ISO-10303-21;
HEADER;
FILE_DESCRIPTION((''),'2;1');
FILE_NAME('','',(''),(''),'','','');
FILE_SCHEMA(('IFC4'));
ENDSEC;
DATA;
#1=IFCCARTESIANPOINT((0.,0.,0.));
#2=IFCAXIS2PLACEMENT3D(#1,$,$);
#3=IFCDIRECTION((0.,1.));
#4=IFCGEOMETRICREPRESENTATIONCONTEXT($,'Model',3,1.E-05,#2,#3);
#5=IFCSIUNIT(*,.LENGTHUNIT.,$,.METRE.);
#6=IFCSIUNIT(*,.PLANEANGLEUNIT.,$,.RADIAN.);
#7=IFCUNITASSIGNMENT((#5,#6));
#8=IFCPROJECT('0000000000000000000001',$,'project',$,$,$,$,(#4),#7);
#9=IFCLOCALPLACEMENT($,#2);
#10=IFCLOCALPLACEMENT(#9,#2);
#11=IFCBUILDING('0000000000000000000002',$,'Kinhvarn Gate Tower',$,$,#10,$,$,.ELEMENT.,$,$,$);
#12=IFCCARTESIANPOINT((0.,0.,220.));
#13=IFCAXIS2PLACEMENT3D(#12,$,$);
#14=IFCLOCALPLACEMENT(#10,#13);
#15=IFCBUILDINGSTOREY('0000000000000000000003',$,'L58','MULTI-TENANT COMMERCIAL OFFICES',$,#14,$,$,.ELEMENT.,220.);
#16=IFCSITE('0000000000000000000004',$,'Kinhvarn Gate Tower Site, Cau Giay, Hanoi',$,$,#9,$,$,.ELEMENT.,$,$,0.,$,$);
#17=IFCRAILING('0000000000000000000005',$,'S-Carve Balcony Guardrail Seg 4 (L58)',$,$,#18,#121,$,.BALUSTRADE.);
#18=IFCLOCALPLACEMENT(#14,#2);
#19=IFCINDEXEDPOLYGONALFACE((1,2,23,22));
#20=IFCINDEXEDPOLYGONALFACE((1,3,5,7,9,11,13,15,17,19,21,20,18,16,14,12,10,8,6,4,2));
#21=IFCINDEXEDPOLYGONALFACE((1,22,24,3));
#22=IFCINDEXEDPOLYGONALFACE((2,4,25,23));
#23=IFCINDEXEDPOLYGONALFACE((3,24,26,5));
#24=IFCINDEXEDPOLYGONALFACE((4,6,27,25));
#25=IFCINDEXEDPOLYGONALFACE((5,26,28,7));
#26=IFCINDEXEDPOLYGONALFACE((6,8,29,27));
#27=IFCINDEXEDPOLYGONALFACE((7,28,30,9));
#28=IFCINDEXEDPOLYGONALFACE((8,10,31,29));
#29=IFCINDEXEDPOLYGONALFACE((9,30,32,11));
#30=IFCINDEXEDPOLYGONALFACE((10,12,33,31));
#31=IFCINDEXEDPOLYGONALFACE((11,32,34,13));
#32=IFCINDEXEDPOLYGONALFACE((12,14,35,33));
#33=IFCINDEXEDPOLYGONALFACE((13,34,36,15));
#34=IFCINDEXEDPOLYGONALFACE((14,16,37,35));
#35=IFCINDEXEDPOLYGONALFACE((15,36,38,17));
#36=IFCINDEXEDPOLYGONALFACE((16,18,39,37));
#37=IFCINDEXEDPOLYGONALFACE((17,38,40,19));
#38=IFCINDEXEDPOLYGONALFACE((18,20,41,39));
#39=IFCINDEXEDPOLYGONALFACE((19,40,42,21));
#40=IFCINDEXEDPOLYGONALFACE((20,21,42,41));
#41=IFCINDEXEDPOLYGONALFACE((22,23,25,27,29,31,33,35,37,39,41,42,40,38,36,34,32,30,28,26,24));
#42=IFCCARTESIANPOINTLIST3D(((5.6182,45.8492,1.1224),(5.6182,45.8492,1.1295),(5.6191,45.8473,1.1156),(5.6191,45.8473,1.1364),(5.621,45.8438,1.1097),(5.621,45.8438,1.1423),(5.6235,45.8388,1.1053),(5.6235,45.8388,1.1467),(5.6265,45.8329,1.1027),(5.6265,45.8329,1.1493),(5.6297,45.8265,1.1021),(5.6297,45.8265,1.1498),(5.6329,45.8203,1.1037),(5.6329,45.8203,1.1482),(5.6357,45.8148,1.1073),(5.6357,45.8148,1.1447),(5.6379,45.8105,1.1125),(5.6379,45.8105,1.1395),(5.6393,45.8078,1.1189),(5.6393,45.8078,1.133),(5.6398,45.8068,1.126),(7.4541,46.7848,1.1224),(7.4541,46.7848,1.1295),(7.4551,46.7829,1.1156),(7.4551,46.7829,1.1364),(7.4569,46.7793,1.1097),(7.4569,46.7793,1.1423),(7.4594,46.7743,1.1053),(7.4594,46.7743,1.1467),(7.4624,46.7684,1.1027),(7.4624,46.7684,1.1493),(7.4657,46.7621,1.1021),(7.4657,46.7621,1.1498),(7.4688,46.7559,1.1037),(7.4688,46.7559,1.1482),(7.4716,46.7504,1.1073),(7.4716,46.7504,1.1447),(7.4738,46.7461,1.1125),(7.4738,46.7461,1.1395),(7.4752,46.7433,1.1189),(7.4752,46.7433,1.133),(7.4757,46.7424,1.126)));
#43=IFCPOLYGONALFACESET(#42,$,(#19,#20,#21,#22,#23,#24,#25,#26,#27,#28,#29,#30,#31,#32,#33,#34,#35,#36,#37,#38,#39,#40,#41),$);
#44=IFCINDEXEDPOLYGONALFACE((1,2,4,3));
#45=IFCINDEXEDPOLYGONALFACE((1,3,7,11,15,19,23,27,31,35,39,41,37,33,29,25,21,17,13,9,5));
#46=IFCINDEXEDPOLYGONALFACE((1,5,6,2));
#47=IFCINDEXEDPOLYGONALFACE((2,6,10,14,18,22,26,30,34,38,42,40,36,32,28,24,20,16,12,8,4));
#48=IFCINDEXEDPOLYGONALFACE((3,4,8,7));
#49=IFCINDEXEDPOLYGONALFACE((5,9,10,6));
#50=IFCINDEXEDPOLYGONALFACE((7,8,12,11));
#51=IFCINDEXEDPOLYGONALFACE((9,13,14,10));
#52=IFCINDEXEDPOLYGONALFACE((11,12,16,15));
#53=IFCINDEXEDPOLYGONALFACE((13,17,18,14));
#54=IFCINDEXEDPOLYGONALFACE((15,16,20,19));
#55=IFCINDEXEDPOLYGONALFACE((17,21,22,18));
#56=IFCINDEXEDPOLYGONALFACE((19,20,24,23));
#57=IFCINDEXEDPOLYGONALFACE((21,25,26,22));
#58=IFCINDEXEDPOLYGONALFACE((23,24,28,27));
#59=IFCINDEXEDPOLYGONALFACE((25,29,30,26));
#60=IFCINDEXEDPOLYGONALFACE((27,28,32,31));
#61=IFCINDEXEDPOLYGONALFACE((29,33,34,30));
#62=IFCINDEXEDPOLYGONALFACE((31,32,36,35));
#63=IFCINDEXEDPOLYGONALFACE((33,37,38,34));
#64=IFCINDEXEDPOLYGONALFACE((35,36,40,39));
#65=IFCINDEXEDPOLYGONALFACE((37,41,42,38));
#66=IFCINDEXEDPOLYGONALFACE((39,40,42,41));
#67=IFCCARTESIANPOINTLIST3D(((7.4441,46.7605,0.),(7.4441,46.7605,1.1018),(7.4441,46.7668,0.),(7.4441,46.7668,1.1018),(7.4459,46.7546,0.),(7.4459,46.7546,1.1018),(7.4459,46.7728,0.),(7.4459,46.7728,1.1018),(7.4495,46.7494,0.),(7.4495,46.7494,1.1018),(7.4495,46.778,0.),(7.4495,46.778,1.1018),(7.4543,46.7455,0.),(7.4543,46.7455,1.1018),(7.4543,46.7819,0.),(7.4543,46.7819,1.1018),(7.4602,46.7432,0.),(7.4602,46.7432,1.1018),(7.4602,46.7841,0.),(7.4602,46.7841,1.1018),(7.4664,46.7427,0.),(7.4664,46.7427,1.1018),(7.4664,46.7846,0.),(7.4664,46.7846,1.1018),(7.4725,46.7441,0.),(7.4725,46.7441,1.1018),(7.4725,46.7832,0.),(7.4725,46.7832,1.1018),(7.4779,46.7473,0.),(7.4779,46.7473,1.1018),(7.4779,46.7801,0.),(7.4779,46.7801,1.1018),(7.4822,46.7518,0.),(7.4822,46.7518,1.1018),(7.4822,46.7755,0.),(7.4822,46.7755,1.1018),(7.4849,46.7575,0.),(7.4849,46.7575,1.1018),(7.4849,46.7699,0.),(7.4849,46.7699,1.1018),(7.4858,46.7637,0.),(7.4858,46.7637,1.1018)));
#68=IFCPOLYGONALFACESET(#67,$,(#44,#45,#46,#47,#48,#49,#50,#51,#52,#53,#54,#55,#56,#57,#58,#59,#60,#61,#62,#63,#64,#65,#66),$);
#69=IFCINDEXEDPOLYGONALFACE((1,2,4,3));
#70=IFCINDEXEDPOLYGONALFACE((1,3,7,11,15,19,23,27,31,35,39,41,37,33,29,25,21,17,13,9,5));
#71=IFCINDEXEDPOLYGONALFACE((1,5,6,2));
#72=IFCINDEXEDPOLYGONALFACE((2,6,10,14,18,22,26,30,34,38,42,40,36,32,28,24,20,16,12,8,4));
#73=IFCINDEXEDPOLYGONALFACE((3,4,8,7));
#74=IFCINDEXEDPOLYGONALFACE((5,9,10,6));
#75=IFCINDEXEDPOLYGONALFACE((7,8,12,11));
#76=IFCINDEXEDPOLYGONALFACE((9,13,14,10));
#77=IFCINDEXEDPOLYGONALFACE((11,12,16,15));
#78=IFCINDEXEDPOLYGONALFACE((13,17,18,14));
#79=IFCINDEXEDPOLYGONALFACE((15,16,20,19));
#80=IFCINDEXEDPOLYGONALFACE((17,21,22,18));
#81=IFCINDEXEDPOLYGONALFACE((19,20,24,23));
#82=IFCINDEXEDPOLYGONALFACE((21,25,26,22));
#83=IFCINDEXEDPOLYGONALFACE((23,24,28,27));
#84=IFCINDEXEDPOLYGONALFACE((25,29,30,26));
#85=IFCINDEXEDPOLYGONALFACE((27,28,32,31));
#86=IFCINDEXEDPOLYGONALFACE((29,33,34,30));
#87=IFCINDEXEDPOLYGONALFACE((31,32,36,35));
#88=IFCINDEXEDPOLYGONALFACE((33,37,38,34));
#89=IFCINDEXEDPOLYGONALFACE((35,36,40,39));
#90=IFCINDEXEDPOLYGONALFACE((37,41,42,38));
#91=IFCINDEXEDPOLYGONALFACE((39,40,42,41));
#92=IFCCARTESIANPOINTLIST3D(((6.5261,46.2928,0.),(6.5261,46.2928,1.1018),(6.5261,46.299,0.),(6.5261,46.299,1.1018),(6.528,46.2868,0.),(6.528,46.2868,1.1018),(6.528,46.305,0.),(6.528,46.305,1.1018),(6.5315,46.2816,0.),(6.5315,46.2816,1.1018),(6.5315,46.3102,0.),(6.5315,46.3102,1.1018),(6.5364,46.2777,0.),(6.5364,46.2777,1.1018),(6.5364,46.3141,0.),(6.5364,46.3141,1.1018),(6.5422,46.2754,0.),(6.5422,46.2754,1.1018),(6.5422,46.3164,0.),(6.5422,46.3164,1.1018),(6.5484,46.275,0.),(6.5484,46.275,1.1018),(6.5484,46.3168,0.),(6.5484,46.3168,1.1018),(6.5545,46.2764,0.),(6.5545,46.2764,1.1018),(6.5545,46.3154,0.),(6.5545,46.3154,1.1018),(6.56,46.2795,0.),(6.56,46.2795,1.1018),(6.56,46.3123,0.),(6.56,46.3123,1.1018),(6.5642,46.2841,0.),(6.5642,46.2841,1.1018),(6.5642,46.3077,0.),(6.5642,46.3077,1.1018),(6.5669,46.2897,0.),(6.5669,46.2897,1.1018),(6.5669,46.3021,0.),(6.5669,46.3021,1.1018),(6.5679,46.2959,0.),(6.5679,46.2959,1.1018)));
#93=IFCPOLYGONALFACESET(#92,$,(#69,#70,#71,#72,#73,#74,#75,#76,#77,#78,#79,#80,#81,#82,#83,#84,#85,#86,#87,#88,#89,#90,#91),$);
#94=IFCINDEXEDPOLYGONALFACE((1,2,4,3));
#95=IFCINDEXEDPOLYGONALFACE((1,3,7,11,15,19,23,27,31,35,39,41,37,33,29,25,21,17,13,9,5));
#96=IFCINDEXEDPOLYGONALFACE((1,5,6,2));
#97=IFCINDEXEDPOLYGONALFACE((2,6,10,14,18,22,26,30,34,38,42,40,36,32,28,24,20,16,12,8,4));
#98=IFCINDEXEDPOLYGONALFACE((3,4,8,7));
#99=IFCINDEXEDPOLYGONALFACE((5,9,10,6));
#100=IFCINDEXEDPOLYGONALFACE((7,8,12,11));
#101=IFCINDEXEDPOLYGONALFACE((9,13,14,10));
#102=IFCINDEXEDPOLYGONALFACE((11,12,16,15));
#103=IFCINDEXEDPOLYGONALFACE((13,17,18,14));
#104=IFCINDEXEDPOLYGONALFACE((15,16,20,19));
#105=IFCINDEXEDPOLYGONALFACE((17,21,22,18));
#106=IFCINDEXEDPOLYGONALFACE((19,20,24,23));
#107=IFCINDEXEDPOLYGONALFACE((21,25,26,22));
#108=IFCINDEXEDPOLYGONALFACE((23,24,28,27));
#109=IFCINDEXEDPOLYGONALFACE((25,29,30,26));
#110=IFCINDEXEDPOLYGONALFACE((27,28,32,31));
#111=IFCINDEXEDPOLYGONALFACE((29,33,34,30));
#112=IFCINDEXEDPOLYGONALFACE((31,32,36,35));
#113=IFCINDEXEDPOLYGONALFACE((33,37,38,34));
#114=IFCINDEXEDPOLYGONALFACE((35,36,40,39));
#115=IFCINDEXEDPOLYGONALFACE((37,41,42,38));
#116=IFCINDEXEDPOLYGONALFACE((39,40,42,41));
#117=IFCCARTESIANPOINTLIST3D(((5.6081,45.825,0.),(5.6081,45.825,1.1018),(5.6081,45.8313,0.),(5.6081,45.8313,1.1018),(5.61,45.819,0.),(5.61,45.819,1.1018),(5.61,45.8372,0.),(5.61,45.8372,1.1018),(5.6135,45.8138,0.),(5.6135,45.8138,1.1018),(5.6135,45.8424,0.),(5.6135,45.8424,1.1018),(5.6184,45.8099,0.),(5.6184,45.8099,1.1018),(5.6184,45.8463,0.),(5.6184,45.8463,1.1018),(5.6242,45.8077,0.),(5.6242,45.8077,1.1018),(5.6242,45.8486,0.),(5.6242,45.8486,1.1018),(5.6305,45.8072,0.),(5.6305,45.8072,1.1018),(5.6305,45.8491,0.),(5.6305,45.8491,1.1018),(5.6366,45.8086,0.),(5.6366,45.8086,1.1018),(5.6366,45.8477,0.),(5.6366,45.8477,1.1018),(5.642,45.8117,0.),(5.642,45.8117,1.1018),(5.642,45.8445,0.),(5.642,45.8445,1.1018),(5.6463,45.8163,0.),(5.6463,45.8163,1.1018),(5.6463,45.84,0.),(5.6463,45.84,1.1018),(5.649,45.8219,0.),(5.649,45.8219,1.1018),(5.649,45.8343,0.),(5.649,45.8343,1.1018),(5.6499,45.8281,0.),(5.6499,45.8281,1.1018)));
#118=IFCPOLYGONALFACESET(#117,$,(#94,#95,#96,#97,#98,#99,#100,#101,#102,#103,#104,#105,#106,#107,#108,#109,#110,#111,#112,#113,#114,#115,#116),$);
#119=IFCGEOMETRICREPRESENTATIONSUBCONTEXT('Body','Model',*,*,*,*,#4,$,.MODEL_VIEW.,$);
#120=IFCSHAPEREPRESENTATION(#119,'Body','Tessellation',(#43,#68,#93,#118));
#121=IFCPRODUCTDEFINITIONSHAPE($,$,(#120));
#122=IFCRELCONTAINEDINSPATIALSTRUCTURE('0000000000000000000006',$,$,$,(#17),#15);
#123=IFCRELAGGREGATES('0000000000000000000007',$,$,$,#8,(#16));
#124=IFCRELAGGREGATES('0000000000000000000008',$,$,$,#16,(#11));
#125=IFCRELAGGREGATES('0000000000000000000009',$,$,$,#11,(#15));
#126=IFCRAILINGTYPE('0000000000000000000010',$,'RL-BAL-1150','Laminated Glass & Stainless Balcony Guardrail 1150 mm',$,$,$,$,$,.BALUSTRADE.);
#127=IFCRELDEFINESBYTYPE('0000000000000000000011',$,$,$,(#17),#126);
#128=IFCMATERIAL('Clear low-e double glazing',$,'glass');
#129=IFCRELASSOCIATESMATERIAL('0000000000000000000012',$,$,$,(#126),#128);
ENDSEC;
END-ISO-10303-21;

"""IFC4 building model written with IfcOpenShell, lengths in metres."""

from ifc_helpers import new_model, si_unit, direction, frame, origin, origin_2d, place, context, subcontext, project, spatial, circle, extrude, material, type_object, element, save


model = new_model("IFC4")

# Units and contexts
model_context = context("Model", 3, precision=1e-05, world=origin(), true_north=direction((0.0, 1.0)))
body_context = subcontext(model_context, "Body", "Model", "MODEL_VIEW")
ifc_project = project(units=[si_unit("LENGTHUNIT", "METRE"), si_unit("PLANEANGLEUNIT", "RADIAN")], contexts=[model_context])

# Site, building, storey
site_placement = place(None, origin())
site = spatial("IfcSite", under=ifc_project, at=site_placement, Name="Kinhvarn Gate Tower Site, Cau Giay, Hanoi", CompositionType="ELEMENT", RefElevation=0.0)
building_placement = place(site_placement, origin())
building = spatial("IfcBuilding", under=site, at=building_placement, Name="Kinhvarn Gate Tower", CompositionType="ELEMENT")
storey_placement = place(building_placement, frame((0.0, 0.0, 220.0)))
storey = spatial("IfcBuildingStorey", under=building, at=storey_placement, Name="L58", Description="MULTI-TENANT COMMERCIAL OFFICES", CompositionType="ELEMENT", Elevation=220.0)

# Shared definitions
ifc_material_1 = material(Name="Clear low-e double glazing", Category="glass")

# Railing
railing_type = type_object("IfcRailingType", Name="RL-BAL-1150", Description="Laminated Glass & Stainless Balcony Guardrail 1150 mm", PredefinedType="BALUSTRADE", material=ifc_material_1)
railing_1_placement = place(storey_placement, frame((7.4648, 46.7637, 0.0)))
element("IfcRailing", 1, at=railing_1_placement, inside=storey, type_object=railing_type, Name="S-Carve Balcony Guardrail Seg 4 (L58)", PredefinedType="BALUSTRADE", context=body_context, shape_type="SweptSolid", body=[
    extrude(circle(Radius=0.0239, at=origin_2d()), frame((0.0, 0.0, 1.126), z_axis=(-0.890989, -0.454025, 0.0), x_axis=(0.454025, -0.890989, 0.0)), (0.0, 0.0, 1.0), 2.0605),
    extrude(circle(Radius=0.021, at=origin_2d()), origin(), (0.0, 0.0, 1.0), 1.1018),
    extrude(circle(Radius=0.021, at=origin_2d()), frame((-0.918, -0.4678, 0.0)), (0.0, 0.0, 1.0), 1.1018),
    extrude(circle(Radius=0.021, at=origin_2d()), frame((-1.8359, -0.9355, 0.0)), (0.0, 0.0, 1.0), 1.1018),
])

save(model, "model.ifc")
